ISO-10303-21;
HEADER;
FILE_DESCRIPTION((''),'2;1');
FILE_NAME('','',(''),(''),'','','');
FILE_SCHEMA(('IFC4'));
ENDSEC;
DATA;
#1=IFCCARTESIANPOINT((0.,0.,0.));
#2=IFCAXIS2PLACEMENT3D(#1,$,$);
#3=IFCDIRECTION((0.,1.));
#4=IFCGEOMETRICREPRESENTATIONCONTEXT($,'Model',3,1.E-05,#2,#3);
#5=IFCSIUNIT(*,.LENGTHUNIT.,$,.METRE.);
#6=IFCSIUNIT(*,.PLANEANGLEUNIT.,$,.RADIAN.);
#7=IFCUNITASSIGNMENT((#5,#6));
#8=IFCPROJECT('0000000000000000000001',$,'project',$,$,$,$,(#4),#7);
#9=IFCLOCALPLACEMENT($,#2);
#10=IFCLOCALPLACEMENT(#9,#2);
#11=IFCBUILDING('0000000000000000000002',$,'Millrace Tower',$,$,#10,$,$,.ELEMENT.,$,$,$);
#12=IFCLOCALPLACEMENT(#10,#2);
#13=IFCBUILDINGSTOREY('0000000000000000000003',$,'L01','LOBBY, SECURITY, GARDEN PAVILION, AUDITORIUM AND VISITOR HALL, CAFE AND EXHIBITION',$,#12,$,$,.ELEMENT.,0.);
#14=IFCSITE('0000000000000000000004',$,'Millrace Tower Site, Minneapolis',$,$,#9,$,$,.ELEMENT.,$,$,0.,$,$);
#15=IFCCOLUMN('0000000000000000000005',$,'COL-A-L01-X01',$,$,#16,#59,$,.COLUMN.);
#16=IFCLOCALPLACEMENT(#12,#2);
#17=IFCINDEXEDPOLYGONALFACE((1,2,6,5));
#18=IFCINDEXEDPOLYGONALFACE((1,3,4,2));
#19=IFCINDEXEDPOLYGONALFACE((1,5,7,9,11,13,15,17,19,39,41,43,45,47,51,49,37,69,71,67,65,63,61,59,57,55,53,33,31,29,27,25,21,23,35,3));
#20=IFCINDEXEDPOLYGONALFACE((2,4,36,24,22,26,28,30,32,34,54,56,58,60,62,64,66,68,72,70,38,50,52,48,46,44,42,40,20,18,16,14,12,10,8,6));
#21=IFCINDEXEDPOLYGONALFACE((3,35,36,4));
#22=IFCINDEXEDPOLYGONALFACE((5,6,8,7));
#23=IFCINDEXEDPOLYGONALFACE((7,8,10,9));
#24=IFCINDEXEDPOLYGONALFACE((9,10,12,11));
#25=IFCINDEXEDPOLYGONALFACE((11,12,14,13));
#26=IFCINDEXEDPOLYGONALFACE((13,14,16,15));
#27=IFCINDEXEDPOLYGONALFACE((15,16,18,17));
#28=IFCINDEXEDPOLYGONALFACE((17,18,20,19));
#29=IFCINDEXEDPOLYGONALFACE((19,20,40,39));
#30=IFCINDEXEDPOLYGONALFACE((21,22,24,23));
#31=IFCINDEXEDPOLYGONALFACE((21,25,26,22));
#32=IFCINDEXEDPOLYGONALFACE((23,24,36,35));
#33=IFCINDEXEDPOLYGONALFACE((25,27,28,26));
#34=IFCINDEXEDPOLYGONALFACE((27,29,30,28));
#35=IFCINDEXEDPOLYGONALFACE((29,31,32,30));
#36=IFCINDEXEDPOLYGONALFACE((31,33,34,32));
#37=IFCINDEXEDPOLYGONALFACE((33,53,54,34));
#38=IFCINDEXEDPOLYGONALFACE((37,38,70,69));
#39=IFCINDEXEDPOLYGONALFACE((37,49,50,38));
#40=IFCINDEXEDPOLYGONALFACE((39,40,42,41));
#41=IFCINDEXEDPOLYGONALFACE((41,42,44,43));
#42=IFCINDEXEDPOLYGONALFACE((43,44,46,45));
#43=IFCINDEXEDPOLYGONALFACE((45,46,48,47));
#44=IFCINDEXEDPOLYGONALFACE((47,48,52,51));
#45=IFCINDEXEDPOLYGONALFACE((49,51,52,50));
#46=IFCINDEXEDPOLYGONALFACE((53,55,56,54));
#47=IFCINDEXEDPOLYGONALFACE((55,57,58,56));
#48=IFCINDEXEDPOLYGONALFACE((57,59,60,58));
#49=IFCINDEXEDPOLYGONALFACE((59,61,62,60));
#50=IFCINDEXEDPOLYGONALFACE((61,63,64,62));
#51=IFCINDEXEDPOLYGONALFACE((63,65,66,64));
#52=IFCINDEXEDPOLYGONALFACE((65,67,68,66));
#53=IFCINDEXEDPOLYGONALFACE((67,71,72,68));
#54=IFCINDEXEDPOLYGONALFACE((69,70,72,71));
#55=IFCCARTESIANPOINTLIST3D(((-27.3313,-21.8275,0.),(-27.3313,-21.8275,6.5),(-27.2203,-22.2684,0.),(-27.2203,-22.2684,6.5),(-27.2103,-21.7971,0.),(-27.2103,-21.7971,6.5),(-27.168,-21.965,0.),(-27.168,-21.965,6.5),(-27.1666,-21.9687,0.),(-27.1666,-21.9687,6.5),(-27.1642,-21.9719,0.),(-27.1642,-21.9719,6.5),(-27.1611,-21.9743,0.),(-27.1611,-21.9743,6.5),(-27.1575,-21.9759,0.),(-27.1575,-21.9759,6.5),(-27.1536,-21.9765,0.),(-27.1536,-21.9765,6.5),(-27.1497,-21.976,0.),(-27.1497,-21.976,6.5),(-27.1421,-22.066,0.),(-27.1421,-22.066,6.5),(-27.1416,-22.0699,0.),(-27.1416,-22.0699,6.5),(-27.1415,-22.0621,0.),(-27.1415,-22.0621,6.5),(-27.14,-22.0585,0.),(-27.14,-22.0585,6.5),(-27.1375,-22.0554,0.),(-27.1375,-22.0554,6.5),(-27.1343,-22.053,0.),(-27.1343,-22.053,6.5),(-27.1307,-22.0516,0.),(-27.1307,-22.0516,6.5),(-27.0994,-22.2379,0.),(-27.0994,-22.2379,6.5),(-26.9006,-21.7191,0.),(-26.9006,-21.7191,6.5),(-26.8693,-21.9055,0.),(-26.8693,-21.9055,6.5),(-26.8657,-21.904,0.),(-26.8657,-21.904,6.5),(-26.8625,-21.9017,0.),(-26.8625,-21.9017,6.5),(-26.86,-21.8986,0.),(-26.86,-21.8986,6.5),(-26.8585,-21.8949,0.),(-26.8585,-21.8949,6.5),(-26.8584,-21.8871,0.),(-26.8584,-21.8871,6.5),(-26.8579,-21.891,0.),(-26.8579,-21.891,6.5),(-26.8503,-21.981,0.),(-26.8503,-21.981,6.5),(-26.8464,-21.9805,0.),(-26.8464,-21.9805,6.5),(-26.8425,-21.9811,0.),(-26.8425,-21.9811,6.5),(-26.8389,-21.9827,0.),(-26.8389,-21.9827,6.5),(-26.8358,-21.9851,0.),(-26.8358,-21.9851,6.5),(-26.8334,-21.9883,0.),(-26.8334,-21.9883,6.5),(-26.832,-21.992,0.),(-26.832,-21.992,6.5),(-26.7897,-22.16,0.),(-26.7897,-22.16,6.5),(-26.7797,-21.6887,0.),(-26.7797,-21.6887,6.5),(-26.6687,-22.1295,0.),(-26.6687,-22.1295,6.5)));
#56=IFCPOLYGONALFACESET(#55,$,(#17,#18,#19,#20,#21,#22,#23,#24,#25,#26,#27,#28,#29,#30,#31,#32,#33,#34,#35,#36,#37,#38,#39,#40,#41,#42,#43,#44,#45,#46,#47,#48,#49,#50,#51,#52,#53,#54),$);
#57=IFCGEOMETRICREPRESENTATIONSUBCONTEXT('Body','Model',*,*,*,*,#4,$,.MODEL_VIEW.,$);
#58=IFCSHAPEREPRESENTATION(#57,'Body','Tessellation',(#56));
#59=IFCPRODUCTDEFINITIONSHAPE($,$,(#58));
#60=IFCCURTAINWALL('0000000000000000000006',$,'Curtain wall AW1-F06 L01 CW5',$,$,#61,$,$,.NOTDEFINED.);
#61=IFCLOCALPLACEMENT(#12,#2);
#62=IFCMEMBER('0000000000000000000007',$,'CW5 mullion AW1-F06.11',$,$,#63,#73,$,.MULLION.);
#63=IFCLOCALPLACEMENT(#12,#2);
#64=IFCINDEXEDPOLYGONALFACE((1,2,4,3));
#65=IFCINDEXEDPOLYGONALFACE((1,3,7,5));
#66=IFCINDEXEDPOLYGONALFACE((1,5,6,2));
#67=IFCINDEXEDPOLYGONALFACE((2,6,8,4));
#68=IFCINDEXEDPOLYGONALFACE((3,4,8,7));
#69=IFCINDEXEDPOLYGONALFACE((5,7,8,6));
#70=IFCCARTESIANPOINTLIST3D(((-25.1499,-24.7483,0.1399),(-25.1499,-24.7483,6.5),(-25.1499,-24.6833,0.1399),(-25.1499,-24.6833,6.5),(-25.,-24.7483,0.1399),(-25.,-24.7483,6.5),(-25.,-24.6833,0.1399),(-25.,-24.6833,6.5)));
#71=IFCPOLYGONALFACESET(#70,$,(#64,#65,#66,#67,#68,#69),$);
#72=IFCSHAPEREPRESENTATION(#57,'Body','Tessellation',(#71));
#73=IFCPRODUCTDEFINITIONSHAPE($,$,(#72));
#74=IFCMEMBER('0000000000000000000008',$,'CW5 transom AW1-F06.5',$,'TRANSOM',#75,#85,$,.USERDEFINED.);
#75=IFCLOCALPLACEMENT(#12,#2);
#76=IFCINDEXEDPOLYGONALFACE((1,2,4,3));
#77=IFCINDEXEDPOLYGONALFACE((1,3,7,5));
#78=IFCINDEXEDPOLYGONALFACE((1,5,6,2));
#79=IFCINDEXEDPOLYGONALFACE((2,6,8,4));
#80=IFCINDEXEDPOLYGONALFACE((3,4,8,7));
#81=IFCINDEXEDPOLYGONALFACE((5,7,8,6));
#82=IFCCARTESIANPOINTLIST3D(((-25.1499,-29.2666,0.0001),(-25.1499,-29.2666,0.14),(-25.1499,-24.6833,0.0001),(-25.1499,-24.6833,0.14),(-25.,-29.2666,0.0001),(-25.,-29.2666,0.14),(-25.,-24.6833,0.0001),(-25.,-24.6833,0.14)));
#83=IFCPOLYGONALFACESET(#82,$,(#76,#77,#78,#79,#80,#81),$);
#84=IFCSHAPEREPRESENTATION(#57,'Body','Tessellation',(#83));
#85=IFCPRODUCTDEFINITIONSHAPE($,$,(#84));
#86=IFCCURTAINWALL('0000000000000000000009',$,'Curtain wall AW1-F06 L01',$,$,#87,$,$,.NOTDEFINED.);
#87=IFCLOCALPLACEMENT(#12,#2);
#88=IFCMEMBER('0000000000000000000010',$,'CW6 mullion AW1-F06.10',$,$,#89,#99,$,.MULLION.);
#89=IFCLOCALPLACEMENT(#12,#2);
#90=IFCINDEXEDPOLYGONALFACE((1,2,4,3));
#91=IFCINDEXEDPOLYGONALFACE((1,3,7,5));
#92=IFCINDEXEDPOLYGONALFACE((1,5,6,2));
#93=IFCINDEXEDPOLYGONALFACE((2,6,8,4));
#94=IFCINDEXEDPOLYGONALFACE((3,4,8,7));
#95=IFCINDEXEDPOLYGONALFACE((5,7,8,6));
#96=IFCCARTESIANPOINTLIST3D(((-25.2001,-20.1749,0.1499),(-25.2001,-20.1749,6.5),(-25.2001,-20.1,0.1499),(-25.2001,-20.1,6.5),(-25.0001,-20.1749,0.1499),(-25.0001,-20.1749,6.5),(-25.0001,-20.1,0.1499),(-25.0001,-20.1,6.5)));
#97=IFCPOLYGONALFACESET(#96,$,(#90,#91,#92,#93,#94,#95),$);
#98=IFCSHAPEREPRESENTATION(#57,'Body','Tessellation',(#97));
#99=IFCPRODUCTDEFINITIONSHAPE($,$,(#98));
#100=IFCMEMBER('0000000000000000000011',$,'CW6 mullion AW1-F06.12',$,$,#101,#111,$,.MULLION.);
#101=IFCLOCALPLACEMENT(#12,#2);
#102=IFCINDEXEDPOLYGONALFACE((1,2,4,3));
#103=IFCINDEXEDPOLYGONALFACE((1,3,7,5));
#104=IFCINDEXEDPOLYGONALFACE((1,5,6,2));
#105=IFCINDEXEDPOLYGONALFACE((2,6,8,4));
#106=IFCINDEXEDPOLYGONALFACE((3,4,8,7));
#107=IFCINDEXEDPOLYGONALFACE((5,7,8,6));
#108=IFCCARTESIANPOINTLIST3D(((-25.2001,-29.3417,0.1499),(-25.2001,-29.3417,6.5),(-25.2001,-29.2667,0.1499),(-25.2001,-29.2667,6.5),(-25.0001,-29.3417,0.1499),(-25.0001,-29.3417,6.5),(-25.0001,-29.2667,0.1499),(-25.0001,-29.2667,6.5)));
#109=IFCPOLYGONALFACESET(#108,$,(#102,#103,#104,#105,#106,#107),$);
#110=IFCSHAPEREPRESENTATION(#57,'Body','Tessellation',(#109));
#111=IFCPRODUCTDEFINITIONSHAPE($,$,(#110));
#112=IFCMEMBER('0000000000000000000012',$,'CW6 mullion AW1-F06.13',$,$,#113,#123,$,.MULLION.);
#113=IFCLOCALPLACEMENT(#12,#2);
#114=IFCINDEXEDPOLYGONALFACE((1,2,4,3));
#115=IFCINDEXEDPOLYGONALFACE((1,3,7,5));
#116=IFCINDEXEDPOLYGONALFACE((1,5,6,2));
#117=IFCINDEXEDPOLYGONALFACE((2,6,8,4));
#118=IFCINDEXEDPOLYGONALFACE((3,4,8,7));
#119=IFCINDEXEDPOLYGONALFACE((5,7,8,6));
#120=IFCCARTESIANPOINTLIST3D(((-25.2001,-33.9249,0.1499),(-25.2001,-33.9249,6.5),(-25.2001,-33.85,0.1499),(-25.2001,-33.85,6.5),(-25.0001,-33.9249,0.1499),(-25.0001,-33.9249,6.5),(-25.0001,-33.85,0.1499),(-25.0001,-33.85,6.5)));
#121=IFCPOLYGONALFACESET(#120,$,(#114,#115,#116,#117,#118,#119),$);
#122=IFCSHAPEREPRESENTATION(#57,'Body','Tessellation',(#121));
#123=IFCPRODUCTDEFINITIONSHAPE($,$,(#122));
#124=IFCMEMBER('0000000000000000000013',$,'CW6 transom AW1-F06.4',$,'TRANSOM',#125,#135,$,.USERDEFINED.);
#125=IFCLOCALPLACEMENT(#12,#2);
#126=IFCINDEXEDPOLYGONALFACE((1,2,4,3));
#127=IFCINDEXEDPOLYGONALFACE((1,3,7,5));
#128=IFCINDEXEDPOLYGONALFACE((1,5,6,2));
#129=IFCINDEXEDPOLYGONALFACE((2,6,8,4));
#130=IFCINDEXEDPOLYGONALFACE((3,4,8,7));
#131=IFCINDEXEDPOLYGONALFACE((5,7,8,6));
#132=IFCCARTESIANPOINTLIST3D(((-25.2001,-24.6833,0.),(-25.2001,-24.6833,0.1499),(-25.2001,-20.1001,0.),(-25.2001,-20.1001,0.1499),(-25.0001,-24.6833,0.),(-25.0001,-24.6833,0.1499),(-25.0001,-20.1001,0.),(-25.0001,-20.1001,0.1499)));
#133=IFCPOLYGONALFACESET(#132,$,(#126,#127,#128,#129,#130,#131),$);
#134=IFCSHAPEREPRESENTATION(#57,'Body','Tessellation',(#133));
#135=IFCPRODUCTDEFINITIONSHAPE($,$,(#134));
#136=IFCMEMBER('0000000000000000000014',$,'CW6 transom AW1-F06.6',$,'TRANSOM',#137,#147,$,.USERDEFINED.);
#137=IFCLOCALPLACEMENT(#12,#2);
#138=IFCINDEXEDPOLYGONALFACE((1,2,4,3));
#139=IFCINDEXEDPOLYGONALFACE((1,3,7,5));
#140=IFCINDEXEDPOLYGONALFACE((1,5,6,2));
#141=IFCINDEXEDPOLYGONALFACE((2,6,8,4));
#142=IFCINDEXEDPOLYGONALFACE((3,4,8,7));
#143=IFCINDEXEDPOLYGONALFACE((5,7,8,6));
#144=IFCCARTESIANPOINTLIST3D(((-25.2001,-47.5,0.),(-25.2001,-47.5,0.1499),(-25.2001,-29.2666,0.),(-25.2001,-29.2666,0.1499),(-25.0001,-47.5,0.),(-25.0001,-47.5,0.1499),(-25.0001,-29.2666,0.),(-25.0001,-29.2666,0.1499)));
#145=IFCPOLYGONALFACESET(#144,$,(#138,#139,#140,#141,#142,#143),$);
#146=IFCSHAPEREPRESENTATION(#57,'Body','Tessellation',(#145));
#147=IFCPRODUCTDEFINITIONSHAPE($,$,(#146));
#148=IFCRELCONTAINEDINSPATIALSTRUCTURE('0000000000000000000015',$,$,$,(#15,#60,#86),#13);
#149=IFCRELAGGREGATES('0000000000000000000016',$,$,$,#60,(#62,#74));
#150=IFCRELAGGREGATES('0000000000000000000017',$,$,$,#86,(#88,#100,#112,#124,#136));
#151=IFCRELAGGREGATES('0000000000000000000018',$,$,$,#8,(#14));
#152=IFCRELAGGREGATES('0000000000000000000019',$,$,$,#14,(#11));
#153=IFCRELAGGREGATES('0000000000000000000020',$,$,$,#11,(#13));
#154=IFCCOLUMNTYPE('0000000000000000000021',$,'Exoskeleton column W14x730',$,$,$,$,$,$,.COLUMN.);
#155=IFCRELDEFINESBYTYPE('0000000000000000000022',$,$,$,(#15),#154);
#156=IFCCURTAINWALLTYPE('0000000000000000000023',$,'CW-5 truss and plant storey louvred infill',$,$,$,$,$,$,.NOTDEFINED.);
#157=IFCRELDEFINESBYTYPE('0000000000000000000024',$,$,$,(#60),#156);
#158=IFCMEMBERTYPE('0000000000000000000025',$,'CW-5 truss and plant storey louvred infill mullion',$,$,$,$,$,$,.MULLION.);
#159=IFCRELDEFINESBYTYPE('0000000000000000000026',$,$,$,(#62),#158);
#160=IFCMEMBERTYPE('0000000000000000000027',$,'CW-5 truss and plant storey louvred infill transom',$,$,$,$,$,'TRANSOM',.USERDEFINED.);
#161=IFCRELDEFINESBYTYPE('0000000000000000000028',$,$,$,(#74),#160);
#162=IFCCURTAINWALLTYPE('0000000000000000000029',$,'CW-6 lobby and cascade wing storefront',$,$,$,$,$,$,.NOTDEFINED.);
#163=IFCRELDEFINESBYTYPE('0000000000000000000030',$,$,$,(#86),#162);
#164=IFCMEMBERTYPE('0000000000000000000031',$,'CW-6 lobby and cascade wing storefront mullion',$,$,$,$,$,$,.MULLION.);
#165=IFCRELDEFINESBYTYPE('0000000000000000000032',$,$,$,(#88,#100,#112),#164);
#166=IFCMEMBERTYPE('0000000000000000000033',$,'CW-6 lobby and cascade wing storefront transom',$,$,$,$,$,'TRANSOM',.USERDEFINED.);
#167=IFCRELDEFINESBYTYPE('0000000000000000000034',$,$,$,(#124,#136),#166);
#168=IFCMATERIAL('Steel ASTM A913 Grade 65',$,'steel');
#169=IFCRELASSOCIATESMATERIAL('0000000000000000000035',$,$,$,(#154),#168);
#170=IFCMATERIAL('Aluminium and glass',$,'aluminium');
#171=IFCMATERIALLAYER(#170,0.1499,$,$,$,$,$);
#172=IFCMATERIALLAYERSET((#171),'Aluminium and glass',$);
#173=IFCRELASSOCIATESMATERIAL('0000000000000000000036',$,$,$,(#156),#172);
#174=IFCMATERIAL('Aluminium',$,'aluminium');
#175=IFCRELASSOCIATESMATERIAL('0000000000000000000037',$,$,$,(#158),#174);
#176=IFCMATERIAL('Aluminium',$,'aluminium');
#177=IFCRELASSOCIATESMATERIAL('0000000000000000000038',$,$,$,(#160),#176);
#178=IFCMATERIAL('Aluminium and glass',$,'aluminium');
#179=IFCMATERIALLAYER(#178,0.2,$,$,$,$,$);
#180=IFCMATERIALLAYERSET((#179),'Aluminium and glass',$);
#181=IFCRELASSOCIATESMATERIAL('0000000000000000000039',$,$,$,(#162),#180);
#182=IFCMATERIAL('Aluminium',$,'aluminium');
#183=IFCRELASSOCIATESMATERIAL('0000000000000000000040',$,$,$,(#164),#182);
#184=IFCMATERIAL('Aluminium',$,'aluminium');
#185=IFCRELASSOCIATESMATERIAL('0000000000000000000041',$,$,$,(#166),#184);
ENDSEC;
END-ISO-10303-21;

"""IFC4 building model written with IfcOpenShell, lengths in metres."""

from ifc_helpers import new_model, si_unit, direction, frame, origin, origin_2d, place, context, subcontext, project, spatial, rectangle, i_section, extrude, material, layer, layer_set, material_profile, profile_set, type_object, element, aggregate, save


model = new_model("IFC4")

# Units and contexts
model_context = context("Model", 3, precision=1e-05, world=origin(), true_north=direction((0.0, 1.0)))
body_context = subcontext(model_context, "Body", "Model", "MODEL_VIEW")
ifc_project = project(units=[si_unit("LENGTHUNIT", "METRE"), si_unit("PLANEANGLEUNIT", "RADIAN")], contexts=[model_context])

# Site, building, storey
site_placement = place(None, origin())
site = spatial("IfcSite", under=ifc_project, at=site_placement, Name="Millrace Tower Site, Minneapolis", CompositionType="ELEMENT", RefElevation=0.0)
building_placement = place(site_placement, origin())
building = spatial("IfcBuilding", under=site, at=building_placement, Name="Millrace Tower", CompositionType="ELEMENT")
storey_placement = place(building_placement, origin())
storey = spatial("IfcBuildingStorey", under=building, at=storey_placement, Name="L01", Description="LOBBY, SECURITY, GARDEN PAVILION, AUDITORIUM AND VISITOR HALL, CAFE AND EXHIBITION", CompositionType="ELEMENT", Elevation=0.0)

# Column
ifc_material_1 = material(Name="Steel ASTM A913 Grade 65", Category="steel")
ifc_material_profile_1 = material_profile(ifc_material_1, i_section(OverallWidth=0.4546, OverallDepth=0.5688, WebThickness=0.0779, FlangeThickness=0.1248, FilletRadius=0.0151, at=origin_2d()))
ifc_profile_set_1 = profile_set([ifc_material_profile_1], Name="Steel ASTM A913 Grade 65")
column_type = type_object("IfcColumnType", Name="Exoskeleton column W14x730", PredefinedType="COLUMN", material=ifc_profile_set_1)
column_placement = place(storey_placement, frame((-27.0, -21.9785, 0.0), z_axis=(0.0, 0.0, 1.0), x_axis=(0.244094, -0.969752, 0.0)))
element("IfcColumn", 1, at=column_placement, inside=storey, type_object=column_type, Name="COL-A-L01-X01", PredefinedType="COLUMN", context=body_context, shape_type="SweptSolid", body=[
    extrude(i_section(OverallWidth=0.4546, OverallDepth=0.5688, WebThickness=0.0779, FlangeThickness=0.1248, FilletRadius=0.0151, at=origin_2d()), origin(), (0.0, 0.0, 1.0), 6.5),
])

# Curtain walls, members
ifc_material_2 = material(Name="Aluminium and glass", Category="aluminium")
ifc_layer_1 = layer(ifc_material_2, 0.1499)
ifc_layer_set_1 = layer_set([ifc_layer_1], Name="Aluminium and glass")
curtain_wall_type_1 = type_object("IfcCurtainWallType", Name="CW-5 truss and plant storey louvred infill", PredefinedType="NOTDEFINED", material=ifc_layer_set_1)
placement = place(storey_placement, origin())
curtain_wall_1 = element("IfcCurtainWall", 2, at=placement, inside=storey, type_object=curtain_wall_type_1, Name="Curtain wall AW1-F06 L01 CW5", PredefinedType="NOTDEFINED")
ifc_material_3 = material(Name="Aluminium", Category="aluminium")
ifc_material_profile_2 = material_profile(ifc_material_3, rectangle(XDim=0.0649, YDim=0.1499, at=origin_2d()))
ifc_profile_set_2 = profile_set([ifc_material_profile_2], Name="Aluminium")
member_type_1 = type_object("IfcMemberType", Name="CW-5 truss and plant storey louvred infill mullion", PredefinedType="MULLION", material=ifc_profile_set_2)
member_1_placement = place(storey_placement, frame((-25.075, -24.7158, 0.1399), z_axis=(0.0, 0.0, 1.0), x_axis=(0.0, -1.0, 0.0)))
member_1 = element("IfcMember", 3, at=member_1_placement, type_object=member_type_1, Name="CW5 mullion AW1-F06.11", PredefinedType="MULLION", context=body_context, shape_type="SweptSolid", body=[
    extrude(rectangle(XDim=0.0649, YDim=0.1499, at=origin_2d()), origin(), (0.0, 0.0, 1.0), 6.3601),
])
ifc_material_4 = material(Name="Aluminium", Category="aluminium")
ifc_material_profile_3 = material_profile(ifc_material_4, rectangle(XDim=0.1499, YDim=0.1399, at=origin_2d()))
ifc_profile_set_3 = profile_set([ifc_material_profile_3], Name="Aluminium")
member_type_2 = type_object("IfcMemberType", Name="CW-5 truss and plant storey louvred infill transom", ElementType="TRANSOM", PredefinedType="USERDEFINED", material=ifc_profile_set_3)
member_2_placement = place(storey_placement, frame((-25.075, -24.6833, 0.0701), z_axis=(0.0, -1.0, 0.0), x_axis=(1.0, 0.0, 0.0)))
member_2 = element("IfcMember", 4, at=member_2_placement, type_object=member_type_2, Name="CW5 transom AW1-F06.5", ObjectType="TRANSOM", PredefinedType="USERDEFINED", context=body_context, shape_type="SweptSolid", body=[
    extrude(rectangle(XDim=0.1499, YDim=0.1399, at=origin_2d()), origin(), (0.0, 0.0, 1.0), 4.5833),
])
aggregate(curtain_wall_1, [member_1, member_2])
ifc_material_5 = material(Name="Aluminium and glass", Category="aluminium")
ifc_layer_2 = layer(ifc_material_5, 0.2)
ifc_layer_set_2 = layer_set([ifc_layer_2], Name="Aluminium and glass")
curtain_wall_type_2 = type_object("IfcCurtainWallType", Name="CW-6 lobby and cascade wing storefront", PredefinedType="NOTDEFINED", material=ifc_layer_set_2)
curtain_wall_2 = element("IfcCurtainWall", 5, at=placement, inside=storey, type_object=curtain_wall_type_2, Name="Curtain wall AW1-F06 L01", PredefinedType="NOTDEFINED")
ifc_material_6 = material(Name="Aluminium", Category="aluminium")
ifc_material_profile_4 = material_profile(ifc_material_6, rectangle(XDim=0.075, YDim=0.2, at=origin_2d()))
ifc_profile_set_4 = profile_set([ifc_material_profile_4], Name="Aluminium")
member_type_3 = type_object("IfcMemberType", Name="CW-6 lobby and cascade wing storefront mullion", PredefinedType="MULLION", material=ifc_profile_set_4)
member_3_placement = place(storey_placement, frame((-25.1001, -20.1375, 0.1499), z_axis=(0.0, 0.0, 1.0), x_axis=(0.0, -1.0, 0.0)))
member_3 = element("IfcMember", 6, at=member_3_placement, type_object=member_type_3, Name="CW6 mullion AW1-F06.10", PredefinedType="MULLION", context=body_context, shape_type="SweptSolid", body=[
    extrude(rectangle(XDim=0.075, YDim=0.2, at=origin_2d()), origin(), (0.0, 0.0, 1.0), 6.3501),
])
member_4_placement = place(storey_placement, frame((-25.1001, -29.3042, 0.1499), z_axis=(0.0, 0.0, 1.0), x_axis=(0.0, -1.0, 0.0)))
member_4 = element("IfcMember", 7, at=member_4_placement, type_object=member_type_3, Name="CW6 mullion AW1-F06.12", PredefinedType="MULLION", context=body_context, shape_type="SweptSolid", body=[
    extrude(rectangle(XDim=0.075, YDim=0.2, at=origin_2d()), origin(), (0.0, 0.0, 1.0), 6.3501),
])
member_5_placement = place(storey_placement, frame((-25.1001, -33.8875, 0.1499), z_axis=(0.0, 0.0, 1.0), x_axis=(0.0, -1.0, 0.0)))
member_5 = element("IfcMember", 8, at=member_5_placement, type_object=member_type_3, Name="CW6 mullion AW1-F06.13", PredefinedType="MULLION", context=body_context, shape_type="SweptSolid", body=[
    extrude(rectangle(XDim=0.075, YDim=0.2, at=origin_2d()), origin(), (0.0, 0.0, 1.0), 6.3501),
])
ifc_material_7 = material(Name="Aluminium", Category="aluminium")
ifc_material_profile_5 = material_profile(ifc_material_7, rectangle(XDim=0.2, YDim=0.1499, at=origin_2d()))
ifc_profile_set_5 = profile_set([ifc_material_profile_5], Name="Aluminium")
member_type_4 = type_object("IfcMemberType", Name="CW-6 lobby and cascade wing storefront transom", ElementType="TRANSOM", PredefinedType="USERDEFINED", material=ifc_profile_set_5)
member_6_placement = place(storey_placement, frame((-25.1001, -20.1001, 0.075), z_axis=(0.0, -1.0, 0.0), x_axis=(1.0, 0.0, 0.0)))
member_6 = element("IfcMember", 9, at=member_6_placement, type_object=member_type_4, Name="CW6 transom AW1-F06.4", ObjectType="TRANSOM", PredefinedType="USERDEFINED", context=body_context, shape_type="SweptSolid", body=[
    extrude(rectangle(XDim=0.2, YDim=0.1499, at=origin_2d()), origin(), (0.0, 0.0, 1.0), 4.5833),
])
member_7_placement = place(storey_placement, frame((-25.1001, -29.2666, 0.075), z_axis=(0.0, -1.0, 0.0), x_axis=(1.0, 0.0, 0.0)))
member_7 = element("IfcMember", 10, at=member_7_placement, type_object=member_type_4, Name="CW6 transom AW1-F06.6", ObjectType="TRANSOM", PredefinedType="USERDEFINED", context=body_context, shape_type="SweptSolid", body=[
    extrude(rectangle(XDim=0.2, YDim=0.1499, at=origin_2d()), origin(), (0.0, 0.0, 1.0), 18.2334),
])
aggregate(curtain_wall_2, [member_3, member_4, member_5, member_6, member_7])

save(model, "model.ifc")
